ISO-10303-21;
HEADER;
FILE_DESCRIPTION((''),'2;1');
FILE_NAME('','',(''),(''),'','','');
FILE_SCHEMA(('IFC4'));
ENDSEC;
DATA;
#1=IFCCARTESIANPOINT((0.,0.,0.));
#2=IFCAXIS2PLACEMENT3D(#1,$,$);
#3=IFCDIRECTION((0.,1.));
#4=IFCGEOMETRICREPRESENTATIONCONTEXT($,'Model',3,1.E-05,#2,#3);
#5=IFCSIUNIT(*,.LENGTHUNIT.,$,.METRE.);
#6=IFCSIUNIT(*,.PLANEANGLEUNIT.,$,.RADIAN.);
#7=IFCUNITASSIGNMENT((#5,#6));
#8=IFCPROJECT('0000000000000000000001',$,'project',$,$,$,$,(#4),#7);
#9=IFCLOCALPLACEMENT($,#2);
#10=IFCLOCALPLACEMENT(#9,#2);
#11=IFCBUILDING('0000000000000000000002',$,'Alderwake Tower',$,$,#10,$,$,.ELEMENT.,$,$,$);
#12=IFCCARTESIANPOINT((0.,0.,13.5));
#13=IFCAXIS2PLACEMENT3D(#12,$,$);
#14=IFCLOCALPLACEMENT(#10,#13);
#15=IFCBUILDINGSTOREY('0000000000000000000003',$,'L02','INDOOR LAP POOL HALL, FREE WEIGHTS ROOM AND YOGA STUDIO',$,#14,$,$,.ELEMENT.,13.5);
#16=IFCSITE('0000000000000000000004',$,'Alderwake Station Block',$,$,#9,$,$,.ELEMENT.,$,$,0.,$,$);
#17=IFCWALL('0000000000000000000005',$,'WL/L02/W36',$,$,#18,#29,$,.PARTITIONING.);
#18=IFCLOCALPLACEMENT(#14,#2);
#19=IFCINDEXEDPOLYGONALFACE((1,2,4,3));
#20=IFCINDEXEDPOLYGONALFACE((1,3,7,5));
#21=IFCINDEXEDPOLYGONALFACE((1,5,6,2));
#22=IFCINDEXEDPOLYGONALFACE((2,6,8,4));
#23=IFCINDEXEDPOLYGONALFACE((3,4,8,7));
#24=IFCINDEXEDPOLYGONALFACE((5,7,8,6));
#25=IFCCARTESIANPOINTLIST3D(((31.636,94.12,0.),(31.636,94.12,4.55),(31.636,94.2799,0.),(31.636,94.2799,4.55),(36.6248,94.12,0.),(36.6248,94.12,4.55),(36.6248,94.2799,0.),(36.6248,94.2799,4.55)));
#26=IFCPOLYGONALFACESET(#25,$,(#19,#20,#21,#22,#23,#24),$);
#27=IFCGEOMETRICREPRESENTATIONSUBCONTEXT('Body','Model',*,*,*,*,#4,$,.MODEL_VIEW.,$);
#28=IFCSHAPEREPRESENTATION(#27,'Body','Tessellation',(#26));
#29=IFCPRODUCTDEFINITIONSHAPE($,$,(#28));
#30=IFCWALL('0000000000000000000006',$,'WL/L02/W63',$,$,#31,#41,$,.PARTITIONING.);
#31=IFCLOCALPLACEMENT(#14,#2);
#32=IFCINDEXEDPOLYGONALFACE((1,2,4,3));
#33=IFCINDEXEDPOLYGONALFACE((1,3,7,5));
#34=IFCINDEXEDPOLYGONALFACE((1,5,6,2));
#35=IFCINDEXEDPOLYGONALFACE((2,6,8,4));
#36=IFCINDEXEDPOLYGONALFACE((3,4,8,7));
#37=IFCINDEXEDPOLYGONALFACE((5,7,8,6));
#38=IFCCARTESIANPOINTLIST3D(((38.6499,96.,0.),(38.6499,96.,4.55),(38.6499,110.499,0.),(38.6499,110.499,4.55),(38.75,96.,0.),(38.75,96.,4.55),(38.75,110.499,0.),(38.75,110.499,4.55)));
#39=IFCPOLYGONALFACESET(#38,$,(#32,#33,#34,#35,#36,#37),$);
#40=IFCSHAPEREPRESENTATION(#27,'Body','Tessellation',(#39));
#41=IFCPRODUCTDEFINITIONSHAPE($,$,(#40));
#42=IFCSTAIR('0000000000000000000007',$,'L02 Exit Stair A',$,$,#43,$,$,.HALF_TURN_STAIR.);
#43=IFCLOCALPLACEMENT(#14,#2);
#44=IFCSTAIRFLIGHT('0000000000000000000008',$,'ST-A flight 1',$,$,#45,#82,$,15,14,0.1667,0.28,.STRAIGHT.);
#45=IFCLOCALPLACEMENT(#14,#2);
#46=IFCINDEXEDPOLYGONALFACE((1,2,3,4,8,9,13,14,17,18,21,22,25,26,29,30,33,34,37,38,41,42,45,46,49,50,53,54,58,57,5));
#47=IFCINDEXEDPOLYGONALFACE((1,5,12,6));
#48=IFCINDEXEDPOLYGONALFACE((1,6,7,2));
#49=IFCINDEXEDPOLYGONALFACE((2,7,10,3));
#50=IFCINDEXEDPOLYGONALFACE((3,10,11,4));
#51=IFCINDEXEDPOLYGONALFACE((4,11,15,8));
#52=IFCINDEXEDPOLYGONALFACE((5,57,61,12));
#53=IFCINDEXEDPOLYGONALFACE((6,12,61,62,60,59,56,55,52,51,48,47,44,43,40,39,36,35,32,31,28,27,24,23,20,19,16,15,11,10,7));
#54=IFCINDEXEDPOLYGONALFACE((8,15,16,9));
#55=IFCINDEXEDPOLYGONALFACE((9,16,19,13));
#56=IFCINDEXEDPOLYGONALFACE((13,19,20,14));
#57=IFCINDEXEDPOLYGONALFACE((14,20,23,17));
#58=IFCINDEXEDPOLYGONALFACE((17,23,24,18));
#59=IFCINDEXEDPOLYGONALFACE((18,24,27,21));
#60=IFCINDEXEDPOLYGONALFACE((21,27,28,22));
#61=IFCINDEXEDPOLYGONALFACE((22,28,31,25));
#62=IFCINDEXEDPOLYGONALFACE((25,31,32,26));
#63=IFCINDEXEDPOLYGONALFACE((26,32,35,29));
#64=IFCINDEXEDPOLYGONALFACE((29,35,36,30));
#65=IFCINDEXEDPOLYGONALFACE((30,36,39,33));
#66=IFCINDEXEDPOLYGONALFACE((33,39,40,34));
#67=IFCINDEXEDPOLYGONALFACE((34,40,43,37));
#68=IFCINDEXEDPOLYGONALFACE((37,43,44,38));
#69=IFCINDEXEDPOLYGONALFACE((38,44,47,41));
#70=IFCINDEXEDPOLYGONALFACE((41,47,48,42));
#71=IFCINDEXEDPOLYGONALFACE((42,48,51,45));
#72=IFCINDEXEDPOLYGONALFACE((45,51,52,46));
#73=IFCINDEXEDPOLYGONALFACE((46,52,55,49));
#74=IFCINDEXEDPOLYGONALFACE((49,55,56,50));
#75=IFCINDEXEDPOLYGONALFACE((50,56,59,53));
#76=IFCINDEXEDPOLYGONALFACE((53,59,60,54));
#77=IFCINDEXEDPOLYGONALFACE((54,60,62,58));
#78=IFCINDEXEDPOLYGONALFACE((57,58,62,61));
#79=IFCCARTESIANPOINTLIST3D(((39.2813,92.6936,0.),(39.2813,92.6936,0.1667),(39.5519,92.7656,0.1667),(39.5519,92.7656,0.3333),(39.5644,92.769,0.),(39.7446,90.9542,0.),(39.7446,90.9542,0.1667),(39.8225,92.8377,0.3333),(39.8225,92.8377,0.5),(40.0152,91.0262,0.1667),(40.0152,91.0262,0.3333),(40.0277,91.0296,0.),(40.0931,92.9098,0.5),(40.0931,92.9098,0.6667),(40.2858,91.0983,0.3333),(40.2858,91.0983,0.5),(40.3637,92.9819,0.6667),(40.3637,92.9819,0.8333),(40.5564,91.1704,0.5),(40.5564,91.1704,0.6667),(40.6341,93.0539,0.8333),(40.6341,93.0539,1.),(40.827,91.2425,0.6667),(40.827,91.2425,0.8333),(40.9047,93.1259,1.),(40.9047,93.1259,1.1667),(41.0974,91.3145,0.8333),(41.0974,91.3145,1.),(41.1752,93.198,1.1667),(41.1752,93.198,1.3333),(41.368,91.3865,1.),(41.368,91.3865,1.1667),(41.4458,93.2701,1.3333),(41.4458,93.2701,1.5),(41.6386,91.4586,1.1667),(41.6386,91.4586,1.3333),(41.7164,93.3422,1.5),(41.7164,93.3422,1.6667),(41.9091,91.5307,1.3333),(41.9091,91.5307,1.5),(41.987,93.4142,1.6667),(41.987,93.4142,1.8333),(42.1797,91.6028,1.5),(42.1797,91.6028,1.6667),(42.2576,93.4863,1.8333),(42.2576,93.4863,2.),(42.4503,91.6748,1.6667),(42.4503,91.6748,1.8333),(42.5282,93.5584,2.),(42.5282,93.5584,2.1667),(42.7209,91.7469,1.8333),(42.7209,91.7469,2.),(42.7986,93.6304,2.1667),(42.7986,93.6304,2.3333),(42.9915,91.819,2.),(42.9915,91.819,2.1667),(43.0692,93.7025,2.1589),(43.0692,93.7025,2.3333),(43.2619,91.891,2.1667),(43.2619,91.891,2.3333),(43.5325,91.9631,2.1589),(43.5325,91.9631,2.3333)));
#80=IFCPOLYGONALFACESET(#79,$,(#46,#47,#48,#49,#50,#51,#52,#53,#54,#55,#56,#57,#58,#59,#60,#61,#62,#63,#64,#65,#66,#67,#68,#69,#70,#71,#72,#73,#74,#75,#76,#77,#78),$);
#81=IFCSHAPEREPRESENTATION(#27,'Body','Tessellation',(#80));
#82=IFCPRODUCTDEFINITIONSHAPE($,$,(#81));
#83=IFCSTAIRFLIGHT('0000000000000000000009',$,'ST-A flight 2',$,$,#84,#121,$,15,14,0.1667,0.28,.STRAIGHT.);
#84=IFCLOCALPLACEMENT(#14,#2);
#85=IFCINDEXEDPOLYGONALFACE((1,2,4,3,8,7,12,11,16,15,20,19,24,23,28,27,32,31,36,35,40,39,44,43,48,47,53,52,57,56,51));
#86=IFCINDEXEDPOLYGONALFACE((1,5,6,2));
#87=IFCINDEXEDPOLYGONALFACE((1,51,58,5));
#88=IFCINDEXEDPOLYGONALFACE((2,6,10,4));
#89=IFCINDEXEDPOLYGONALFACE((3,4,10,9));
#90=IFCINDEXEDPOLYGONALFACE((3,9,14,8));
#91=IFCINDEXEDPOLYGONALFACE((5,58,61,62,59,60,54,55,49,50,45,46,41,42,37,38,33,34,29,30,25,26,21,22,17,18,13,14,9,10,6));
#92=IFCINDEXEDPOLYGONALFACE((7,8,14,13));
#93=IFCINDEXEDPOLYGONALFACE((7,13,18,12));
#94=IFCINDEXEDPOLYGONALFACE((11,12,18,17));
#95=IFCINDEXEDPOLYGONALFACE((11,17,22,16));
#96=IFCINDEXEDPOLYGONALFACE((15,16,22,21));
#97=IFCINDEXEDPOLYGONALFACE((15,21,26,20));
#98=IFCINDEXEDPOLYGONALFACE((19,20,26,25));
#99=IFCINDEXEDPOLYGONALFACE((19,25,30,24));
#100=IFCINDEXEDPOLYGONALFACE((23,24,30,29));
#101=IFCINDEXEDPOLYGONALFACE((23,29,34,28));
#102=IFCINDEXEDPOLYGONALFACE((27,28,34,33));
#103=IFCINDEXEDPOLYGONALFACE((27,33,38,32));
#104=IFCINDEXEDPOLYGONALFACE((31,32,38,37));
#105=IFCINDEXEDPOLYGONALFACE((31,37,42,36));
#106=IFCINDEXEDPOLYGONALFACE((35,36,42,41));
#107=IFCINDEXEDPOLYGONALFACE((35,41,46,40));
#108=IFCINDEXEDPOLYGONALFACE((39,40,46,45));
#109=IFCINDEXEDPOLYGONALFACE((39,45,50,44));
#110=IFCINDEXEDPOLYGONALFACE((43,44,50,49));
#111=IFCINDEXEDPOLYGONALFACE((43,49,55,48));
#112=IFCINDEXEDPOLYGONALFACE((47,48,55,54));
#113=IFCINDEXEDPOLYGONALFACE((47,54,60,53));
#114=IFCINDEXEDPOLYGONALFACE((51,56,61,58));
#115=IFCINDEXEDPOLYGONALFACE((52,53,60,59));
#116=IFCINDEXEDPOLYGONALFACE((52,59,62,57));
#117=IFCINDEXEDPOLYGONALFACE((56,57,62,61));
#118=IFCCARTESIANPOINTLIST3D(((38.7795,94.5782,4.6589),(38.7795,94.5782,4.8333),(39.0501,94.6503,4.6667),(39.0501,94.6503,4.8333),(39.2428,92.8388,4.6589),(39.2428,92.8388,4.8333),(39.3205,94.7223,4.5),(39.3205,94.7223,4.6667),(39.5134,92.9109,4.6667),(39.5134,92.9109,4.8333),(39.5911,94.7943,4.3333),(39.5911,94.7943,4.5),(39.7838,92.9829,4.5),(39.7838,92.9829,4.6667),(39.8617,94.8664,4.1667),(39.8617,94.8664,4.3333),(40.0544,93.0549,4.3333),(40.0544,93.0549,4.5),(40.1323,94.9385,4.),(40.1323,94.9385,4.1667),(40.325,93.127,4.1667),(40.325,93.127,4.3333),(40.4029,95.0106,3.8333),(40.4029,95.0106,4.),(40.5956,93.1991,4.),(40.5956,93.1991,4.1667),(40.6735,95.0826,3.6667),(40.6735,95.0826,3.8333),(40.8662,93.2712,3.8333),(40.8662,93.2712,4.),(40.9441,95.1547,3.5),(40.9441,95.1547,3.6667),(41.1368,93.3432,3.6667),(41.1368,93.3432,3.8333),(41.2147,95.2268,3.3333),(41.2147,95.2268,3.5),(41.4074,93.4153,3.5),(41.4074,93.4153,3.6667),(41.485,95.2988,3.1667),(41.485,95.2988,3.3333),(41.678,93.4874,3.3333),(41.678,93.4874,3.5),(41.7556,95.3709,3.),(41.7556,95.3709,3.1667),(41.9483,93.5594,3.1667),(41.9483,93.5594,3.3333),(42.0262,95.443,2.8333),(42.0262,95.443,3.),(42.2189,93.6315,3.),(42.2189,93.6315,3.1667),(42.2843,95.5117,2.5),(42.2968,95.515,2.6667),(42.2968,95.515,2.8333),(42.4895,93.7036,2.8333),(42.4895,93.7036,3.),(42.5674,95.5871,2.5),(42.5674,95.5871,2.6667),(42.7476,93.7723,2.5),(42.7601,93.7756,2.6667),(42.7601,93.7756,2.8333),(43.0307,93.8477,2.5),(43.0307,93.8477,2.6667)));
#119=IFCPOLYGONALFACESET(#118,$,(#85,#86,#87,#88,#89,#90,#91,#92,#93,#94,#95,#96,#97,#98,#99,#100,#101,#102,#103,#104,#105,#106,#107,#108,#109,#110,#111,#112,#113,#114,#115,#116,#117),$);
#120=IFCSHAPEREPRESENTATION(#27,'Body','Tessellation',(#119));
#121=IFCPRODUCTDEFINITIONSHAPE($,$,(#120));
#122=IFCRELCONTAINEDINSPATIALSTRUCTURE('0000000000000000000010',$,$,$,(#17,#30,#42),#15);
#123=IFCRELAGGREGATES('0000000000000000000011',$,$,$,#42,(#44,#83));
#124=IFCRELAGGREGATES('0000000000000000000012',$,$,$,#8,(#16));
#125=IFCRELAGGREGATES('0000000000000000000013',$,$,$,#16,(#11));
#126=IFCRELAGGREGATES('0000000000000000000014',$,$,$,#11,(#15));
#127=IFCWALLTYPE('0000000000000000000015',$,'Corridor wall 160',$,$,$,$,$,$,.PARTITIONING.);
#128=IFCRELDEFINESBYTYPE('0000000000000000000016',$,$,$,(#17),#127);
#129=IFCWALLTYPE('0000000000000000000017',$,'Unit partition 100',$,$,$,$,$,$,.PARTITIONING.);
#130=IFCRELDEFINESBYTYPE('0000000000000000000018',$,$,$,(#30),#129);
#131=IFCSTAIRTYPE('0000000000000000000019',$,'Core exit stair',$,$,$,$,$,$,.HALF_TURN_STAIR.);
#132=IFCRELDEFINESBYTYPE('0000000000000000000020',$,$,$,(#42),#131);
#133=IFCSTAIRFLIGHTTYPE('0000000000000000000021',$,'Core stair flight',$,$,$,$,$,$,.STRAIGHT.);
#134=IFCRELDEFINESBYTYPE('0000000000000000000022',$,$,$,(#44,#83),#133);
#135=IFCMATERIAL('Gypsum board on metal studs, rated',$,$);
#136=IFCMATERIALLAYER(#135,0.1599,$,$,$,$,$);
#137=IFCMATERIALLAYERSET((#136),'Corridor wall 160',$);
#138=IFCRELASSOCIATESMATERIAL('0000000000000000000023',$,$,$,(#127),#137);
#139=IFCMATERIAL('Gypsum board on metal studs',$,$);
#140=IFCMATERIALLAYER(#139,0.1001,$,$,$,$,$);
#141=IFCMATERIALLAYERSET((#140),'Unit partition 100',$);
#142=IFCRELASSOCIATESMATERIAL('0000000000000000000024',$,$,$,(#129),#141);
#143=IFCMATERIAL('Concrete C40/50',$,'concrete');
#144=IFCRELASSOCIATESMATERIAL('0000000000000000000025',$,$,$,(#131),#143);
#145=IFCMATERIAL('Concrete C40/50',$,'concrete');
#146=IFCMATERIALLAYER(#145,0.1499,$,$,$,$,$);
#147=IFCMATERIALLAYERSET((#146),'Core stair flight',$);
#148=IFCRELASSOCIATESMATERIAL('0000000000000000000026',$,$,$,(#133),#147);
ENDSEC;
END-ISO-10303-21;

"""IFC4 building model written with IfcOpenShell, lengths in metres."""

from ifc_helpers import new_model, si_unit, direction, frame, frame_2d, origin, place, context, subcontext, project, spatial, polyline, rectangle, outline, extrude, material, layer, layer_set, type_object, element, aggregate, save


model = new_model("IFC4")

# Units and contexts
model_context = context("Model", 3, precision=1e-05, world=origin(), true_north=direction((0.0, 1.0)))
body_context = subcontext(model_context, "Body", "Model", "MODEL_VIEW")
ifc_project = project(units=[si_unit("LENGTHUNIT", "METRE"), si_unit("PLANEANGLEUNIT", "RADIAN")], contexts=[model_context])

# Site, building, storey
site_placement = place(None, origin())
site = spatial("IfcSite", under=ifc_project, at=site_placement, Name="Alderwake Station Block", CompositionType="ELEMENT", RefElevation=0.0)
building_placement = place(site_placement, origin())
building = spatial("IfcBuilding", under=site, at=building_placement, Name="Alderwake Tower", CompositionType="ELEMENT")
storey_placement = place(building_placement, frame((0.0, 0.0, 13.5)))
storey = spatial("IfcBuildingStorey", under=building, at=storey_placement, Name="L02", Description="INDOOR LAP POOL HALL, FREE WEIGHTS ROOM AND YOGA STUDIO", CompositionType="ELEMENT", Elevation=13.5)

# Wall
ifc_material_1 = material(Name="Gypsum board on metal studs, rated")
ifc_layer_1 = layer(ifc_material_1, 0.1599)
ifc_layer_set_1 = layer_set([ifc_layer_1], Name="Corridor wall 160")
wall_type_1 = type_object("IfcWallType", Name="Corridor wall 160", PredefinedType="PARTITIONING", material=ifc_layer_set_1)
wall_1_placement = place(storey_placement, frame((36.6248, 94.2, 0.0), z_axis=(0.0, 0.0, 1.0), x_axis=(-1.0, 0.0, 0.0)))
element("IfcWall", 1, at=wall_1_placement, inside=storey, type_object=wall_type_1, Name="WL/L02/W36", PredefinedType="PARTITIONING", context=body_context, shape_type="SweptSolid", body=[
    extrude(rectangle(XDim=4.9888, YDim=0.1599, at=frame_2d((2.4944, 0.0))), origin(), (0.0, 0.0, 1.0), 4.55),
])

# Wall
ifc_material_2 = material(Name="Gypsum board on metal studs")
ifc_layer_2 = layer(ifc_material_2, 0.1001)
ifc_layer_set_2 = layer_set([ifc_layer_2], Name="Unit partition 100")
wall_type_2 = type_object("IfcWallType", Name="Unit partition 100", PredefinedType="PARTITIONING", material=ifc_layer_set_2)
wall_2_placement = place(storey_placement, frame((38.7, 110.499, 0.0), z_axis=(0.0, 0.0, 1.0), x_axis=(0.0, -1.0, 0.0)))
element("IfcWall", 2, at=wall_2_placement, inside=storey, type_object=wall_type_2, Name="WL/L02/W63", PredefinedType="PARTITIONING", context=body_context, shape_type="SweptSolid", body=[
    extrude(rectangle(XDim=14.499, YDim=0.1001, at=frame_2d((7.2495, 0.0))), origin(), (0.0, 0.0, 1.0), 4.55),
])

# Stair, stair flights
ifc_material_3 = material(Name="Concrete C40/50", Category="concrete")
stair_type = type_object("IfcStairType", Name="Core exit stair", PredefinedType="HALF_TURN_STAIR", material=ifc_material_3)
stair_placement = place(storey_placement, origin())
stair = element("IfcStair", 3, at=stair_placement, inside=storey, type_object=stair_type, Name="L02 Exit Stair A", PredefinedType="HALF_TURN_STAIR")
ifc_material_4 = material(Name="Concrete C40/50", Category="concrete")
ifc_layer_3 = layer(ifc_material_4, 0.1499)
ifc_layer_set_3 = layer_set([ifc_layer_3], Name="Core stair flight")
stair_flight_type = type_object("IfcStairFlightType", Name="Core stair flight", PredefinedType="STRAIGHT", material=ifc_layer_set_3)
stair_flight_1_placement = place(storey_placement, frame((39.5129, 91.824, 0.0), z_axis=(0.0, 0.0, 1.0), x_axis=(0.96631, 0.257382, 0.0)))
stair_flight_1 = element("IfcStairFlight", 4, at=stair_flight_1_placement, type_object=stair_flight_type, Name="ST-A flight 1", NumberOfRisers=15, NumberOfTreads=14, PredefinedType="STRAIGHT", RiserHeight=0.1667, TreadLength=0.28, context=body_context, shape_type="SweptSolid", body=[
    extrude(outline(polyline([(0.0, 0.0), (0.0, 0.1667), (0.28, 0.1667), (0.28, 0.3333), (0.5601, 0.3333), (0.5601, 0.5), (0.8401, 0.5), (0.8401, 0.6667), (1.1201, 0.6667), (1.1201, 0.8333), (1.3999, 0.8333), (1.3999, 1.0), (1.6799, 1.0), (1.6799, 1.1667), (1.96, 1.1667), (1.96, 1.3333), (2.24, 1.3333), (2.24, 1.5), (2.52, 1.5), (2.52, 1.6667), (2.8, 1.6667), (2.8, 1.8333), (3.0801, 1.8333), (3.0801, 2.0), (3.3601, 2.0), (3.3601, 2.1667), (3.6399, 2.1667), (3.6399, 2.3333), (3.9199, 2.3333), (3.9199, 2.5), (3.9199, 2.1589), (0.293, 0.0), (0.0, 0.0)])), frame((0.0, 0.8999, 0.0), z_axis=(0.0, -1.0, 0.0), x_axis=(1.0, 0.0, 0.0)), (0.0, 0.0, 1.0), 1.8),
])
stair_flight_2_placement = place(storey_placement, frame((42.7991, 94.7173, 2.5), z_axis=(0.0, 0.0, 1.0), x_axis=(-0.96631, -0.257382, 0.0)))
stair_flight_2 = element("IfcStairFlight", 5, at=stair_flight_2_placement, type_object=stair_flight_type, Name="ST-A flight 2", NumberOfRisers=15, NumberOfTreads=14, PredefinedType="STRAIGHT", RiserHeight=0.1667, TreadLength=0.28, context=body_context, shape_type="SweptSolid", body=[
    extrude(outline(polyline([(0.0, 0.0), (0.0, 0.1667), (0.28, 0.1667), (0.28, 0.3333), (0.5601, 0.3333), (0.5601, 0.5), (0.8401, 0.5), (0.8401, 0.6667), (1.1201, 0.6667), (1.1201, 0.8333), (1.3999, 0.8333), (1.3999, 1.0), (1.6799, 1.0), (1.6799, 1.1667), (1.96, 1.1667), (1.96, 1.3333), (2.24, 1.3333), (2.24, 1.5), (2.52, 1.5), (2.52, 1.6667), (2.8, 1.6667), (2.8, 1.8333), (3.0801, 1.8333), (3.0801, 2.0), (3.3601, 2.0), (3.3601, 2.1667), (3.6399, 2.1667), (3.6399, 2.3333), (3.9199, 2.3333), (3.9199, 2.5), (3.9199, 2.1589), (0.293, 0.0), (0.0, 0.0)])), frame((0.0, 0.8999, 0.0), z_axis=(0.0, -1.0, 0.0), x_axis=(1.0, 0.0, 0.0)), (0.0, 0.0, 1.0), 1.8),
])
aggregate(stair, [stair_flight_1, stair_flight_2])

save(model, "model.ifc")
